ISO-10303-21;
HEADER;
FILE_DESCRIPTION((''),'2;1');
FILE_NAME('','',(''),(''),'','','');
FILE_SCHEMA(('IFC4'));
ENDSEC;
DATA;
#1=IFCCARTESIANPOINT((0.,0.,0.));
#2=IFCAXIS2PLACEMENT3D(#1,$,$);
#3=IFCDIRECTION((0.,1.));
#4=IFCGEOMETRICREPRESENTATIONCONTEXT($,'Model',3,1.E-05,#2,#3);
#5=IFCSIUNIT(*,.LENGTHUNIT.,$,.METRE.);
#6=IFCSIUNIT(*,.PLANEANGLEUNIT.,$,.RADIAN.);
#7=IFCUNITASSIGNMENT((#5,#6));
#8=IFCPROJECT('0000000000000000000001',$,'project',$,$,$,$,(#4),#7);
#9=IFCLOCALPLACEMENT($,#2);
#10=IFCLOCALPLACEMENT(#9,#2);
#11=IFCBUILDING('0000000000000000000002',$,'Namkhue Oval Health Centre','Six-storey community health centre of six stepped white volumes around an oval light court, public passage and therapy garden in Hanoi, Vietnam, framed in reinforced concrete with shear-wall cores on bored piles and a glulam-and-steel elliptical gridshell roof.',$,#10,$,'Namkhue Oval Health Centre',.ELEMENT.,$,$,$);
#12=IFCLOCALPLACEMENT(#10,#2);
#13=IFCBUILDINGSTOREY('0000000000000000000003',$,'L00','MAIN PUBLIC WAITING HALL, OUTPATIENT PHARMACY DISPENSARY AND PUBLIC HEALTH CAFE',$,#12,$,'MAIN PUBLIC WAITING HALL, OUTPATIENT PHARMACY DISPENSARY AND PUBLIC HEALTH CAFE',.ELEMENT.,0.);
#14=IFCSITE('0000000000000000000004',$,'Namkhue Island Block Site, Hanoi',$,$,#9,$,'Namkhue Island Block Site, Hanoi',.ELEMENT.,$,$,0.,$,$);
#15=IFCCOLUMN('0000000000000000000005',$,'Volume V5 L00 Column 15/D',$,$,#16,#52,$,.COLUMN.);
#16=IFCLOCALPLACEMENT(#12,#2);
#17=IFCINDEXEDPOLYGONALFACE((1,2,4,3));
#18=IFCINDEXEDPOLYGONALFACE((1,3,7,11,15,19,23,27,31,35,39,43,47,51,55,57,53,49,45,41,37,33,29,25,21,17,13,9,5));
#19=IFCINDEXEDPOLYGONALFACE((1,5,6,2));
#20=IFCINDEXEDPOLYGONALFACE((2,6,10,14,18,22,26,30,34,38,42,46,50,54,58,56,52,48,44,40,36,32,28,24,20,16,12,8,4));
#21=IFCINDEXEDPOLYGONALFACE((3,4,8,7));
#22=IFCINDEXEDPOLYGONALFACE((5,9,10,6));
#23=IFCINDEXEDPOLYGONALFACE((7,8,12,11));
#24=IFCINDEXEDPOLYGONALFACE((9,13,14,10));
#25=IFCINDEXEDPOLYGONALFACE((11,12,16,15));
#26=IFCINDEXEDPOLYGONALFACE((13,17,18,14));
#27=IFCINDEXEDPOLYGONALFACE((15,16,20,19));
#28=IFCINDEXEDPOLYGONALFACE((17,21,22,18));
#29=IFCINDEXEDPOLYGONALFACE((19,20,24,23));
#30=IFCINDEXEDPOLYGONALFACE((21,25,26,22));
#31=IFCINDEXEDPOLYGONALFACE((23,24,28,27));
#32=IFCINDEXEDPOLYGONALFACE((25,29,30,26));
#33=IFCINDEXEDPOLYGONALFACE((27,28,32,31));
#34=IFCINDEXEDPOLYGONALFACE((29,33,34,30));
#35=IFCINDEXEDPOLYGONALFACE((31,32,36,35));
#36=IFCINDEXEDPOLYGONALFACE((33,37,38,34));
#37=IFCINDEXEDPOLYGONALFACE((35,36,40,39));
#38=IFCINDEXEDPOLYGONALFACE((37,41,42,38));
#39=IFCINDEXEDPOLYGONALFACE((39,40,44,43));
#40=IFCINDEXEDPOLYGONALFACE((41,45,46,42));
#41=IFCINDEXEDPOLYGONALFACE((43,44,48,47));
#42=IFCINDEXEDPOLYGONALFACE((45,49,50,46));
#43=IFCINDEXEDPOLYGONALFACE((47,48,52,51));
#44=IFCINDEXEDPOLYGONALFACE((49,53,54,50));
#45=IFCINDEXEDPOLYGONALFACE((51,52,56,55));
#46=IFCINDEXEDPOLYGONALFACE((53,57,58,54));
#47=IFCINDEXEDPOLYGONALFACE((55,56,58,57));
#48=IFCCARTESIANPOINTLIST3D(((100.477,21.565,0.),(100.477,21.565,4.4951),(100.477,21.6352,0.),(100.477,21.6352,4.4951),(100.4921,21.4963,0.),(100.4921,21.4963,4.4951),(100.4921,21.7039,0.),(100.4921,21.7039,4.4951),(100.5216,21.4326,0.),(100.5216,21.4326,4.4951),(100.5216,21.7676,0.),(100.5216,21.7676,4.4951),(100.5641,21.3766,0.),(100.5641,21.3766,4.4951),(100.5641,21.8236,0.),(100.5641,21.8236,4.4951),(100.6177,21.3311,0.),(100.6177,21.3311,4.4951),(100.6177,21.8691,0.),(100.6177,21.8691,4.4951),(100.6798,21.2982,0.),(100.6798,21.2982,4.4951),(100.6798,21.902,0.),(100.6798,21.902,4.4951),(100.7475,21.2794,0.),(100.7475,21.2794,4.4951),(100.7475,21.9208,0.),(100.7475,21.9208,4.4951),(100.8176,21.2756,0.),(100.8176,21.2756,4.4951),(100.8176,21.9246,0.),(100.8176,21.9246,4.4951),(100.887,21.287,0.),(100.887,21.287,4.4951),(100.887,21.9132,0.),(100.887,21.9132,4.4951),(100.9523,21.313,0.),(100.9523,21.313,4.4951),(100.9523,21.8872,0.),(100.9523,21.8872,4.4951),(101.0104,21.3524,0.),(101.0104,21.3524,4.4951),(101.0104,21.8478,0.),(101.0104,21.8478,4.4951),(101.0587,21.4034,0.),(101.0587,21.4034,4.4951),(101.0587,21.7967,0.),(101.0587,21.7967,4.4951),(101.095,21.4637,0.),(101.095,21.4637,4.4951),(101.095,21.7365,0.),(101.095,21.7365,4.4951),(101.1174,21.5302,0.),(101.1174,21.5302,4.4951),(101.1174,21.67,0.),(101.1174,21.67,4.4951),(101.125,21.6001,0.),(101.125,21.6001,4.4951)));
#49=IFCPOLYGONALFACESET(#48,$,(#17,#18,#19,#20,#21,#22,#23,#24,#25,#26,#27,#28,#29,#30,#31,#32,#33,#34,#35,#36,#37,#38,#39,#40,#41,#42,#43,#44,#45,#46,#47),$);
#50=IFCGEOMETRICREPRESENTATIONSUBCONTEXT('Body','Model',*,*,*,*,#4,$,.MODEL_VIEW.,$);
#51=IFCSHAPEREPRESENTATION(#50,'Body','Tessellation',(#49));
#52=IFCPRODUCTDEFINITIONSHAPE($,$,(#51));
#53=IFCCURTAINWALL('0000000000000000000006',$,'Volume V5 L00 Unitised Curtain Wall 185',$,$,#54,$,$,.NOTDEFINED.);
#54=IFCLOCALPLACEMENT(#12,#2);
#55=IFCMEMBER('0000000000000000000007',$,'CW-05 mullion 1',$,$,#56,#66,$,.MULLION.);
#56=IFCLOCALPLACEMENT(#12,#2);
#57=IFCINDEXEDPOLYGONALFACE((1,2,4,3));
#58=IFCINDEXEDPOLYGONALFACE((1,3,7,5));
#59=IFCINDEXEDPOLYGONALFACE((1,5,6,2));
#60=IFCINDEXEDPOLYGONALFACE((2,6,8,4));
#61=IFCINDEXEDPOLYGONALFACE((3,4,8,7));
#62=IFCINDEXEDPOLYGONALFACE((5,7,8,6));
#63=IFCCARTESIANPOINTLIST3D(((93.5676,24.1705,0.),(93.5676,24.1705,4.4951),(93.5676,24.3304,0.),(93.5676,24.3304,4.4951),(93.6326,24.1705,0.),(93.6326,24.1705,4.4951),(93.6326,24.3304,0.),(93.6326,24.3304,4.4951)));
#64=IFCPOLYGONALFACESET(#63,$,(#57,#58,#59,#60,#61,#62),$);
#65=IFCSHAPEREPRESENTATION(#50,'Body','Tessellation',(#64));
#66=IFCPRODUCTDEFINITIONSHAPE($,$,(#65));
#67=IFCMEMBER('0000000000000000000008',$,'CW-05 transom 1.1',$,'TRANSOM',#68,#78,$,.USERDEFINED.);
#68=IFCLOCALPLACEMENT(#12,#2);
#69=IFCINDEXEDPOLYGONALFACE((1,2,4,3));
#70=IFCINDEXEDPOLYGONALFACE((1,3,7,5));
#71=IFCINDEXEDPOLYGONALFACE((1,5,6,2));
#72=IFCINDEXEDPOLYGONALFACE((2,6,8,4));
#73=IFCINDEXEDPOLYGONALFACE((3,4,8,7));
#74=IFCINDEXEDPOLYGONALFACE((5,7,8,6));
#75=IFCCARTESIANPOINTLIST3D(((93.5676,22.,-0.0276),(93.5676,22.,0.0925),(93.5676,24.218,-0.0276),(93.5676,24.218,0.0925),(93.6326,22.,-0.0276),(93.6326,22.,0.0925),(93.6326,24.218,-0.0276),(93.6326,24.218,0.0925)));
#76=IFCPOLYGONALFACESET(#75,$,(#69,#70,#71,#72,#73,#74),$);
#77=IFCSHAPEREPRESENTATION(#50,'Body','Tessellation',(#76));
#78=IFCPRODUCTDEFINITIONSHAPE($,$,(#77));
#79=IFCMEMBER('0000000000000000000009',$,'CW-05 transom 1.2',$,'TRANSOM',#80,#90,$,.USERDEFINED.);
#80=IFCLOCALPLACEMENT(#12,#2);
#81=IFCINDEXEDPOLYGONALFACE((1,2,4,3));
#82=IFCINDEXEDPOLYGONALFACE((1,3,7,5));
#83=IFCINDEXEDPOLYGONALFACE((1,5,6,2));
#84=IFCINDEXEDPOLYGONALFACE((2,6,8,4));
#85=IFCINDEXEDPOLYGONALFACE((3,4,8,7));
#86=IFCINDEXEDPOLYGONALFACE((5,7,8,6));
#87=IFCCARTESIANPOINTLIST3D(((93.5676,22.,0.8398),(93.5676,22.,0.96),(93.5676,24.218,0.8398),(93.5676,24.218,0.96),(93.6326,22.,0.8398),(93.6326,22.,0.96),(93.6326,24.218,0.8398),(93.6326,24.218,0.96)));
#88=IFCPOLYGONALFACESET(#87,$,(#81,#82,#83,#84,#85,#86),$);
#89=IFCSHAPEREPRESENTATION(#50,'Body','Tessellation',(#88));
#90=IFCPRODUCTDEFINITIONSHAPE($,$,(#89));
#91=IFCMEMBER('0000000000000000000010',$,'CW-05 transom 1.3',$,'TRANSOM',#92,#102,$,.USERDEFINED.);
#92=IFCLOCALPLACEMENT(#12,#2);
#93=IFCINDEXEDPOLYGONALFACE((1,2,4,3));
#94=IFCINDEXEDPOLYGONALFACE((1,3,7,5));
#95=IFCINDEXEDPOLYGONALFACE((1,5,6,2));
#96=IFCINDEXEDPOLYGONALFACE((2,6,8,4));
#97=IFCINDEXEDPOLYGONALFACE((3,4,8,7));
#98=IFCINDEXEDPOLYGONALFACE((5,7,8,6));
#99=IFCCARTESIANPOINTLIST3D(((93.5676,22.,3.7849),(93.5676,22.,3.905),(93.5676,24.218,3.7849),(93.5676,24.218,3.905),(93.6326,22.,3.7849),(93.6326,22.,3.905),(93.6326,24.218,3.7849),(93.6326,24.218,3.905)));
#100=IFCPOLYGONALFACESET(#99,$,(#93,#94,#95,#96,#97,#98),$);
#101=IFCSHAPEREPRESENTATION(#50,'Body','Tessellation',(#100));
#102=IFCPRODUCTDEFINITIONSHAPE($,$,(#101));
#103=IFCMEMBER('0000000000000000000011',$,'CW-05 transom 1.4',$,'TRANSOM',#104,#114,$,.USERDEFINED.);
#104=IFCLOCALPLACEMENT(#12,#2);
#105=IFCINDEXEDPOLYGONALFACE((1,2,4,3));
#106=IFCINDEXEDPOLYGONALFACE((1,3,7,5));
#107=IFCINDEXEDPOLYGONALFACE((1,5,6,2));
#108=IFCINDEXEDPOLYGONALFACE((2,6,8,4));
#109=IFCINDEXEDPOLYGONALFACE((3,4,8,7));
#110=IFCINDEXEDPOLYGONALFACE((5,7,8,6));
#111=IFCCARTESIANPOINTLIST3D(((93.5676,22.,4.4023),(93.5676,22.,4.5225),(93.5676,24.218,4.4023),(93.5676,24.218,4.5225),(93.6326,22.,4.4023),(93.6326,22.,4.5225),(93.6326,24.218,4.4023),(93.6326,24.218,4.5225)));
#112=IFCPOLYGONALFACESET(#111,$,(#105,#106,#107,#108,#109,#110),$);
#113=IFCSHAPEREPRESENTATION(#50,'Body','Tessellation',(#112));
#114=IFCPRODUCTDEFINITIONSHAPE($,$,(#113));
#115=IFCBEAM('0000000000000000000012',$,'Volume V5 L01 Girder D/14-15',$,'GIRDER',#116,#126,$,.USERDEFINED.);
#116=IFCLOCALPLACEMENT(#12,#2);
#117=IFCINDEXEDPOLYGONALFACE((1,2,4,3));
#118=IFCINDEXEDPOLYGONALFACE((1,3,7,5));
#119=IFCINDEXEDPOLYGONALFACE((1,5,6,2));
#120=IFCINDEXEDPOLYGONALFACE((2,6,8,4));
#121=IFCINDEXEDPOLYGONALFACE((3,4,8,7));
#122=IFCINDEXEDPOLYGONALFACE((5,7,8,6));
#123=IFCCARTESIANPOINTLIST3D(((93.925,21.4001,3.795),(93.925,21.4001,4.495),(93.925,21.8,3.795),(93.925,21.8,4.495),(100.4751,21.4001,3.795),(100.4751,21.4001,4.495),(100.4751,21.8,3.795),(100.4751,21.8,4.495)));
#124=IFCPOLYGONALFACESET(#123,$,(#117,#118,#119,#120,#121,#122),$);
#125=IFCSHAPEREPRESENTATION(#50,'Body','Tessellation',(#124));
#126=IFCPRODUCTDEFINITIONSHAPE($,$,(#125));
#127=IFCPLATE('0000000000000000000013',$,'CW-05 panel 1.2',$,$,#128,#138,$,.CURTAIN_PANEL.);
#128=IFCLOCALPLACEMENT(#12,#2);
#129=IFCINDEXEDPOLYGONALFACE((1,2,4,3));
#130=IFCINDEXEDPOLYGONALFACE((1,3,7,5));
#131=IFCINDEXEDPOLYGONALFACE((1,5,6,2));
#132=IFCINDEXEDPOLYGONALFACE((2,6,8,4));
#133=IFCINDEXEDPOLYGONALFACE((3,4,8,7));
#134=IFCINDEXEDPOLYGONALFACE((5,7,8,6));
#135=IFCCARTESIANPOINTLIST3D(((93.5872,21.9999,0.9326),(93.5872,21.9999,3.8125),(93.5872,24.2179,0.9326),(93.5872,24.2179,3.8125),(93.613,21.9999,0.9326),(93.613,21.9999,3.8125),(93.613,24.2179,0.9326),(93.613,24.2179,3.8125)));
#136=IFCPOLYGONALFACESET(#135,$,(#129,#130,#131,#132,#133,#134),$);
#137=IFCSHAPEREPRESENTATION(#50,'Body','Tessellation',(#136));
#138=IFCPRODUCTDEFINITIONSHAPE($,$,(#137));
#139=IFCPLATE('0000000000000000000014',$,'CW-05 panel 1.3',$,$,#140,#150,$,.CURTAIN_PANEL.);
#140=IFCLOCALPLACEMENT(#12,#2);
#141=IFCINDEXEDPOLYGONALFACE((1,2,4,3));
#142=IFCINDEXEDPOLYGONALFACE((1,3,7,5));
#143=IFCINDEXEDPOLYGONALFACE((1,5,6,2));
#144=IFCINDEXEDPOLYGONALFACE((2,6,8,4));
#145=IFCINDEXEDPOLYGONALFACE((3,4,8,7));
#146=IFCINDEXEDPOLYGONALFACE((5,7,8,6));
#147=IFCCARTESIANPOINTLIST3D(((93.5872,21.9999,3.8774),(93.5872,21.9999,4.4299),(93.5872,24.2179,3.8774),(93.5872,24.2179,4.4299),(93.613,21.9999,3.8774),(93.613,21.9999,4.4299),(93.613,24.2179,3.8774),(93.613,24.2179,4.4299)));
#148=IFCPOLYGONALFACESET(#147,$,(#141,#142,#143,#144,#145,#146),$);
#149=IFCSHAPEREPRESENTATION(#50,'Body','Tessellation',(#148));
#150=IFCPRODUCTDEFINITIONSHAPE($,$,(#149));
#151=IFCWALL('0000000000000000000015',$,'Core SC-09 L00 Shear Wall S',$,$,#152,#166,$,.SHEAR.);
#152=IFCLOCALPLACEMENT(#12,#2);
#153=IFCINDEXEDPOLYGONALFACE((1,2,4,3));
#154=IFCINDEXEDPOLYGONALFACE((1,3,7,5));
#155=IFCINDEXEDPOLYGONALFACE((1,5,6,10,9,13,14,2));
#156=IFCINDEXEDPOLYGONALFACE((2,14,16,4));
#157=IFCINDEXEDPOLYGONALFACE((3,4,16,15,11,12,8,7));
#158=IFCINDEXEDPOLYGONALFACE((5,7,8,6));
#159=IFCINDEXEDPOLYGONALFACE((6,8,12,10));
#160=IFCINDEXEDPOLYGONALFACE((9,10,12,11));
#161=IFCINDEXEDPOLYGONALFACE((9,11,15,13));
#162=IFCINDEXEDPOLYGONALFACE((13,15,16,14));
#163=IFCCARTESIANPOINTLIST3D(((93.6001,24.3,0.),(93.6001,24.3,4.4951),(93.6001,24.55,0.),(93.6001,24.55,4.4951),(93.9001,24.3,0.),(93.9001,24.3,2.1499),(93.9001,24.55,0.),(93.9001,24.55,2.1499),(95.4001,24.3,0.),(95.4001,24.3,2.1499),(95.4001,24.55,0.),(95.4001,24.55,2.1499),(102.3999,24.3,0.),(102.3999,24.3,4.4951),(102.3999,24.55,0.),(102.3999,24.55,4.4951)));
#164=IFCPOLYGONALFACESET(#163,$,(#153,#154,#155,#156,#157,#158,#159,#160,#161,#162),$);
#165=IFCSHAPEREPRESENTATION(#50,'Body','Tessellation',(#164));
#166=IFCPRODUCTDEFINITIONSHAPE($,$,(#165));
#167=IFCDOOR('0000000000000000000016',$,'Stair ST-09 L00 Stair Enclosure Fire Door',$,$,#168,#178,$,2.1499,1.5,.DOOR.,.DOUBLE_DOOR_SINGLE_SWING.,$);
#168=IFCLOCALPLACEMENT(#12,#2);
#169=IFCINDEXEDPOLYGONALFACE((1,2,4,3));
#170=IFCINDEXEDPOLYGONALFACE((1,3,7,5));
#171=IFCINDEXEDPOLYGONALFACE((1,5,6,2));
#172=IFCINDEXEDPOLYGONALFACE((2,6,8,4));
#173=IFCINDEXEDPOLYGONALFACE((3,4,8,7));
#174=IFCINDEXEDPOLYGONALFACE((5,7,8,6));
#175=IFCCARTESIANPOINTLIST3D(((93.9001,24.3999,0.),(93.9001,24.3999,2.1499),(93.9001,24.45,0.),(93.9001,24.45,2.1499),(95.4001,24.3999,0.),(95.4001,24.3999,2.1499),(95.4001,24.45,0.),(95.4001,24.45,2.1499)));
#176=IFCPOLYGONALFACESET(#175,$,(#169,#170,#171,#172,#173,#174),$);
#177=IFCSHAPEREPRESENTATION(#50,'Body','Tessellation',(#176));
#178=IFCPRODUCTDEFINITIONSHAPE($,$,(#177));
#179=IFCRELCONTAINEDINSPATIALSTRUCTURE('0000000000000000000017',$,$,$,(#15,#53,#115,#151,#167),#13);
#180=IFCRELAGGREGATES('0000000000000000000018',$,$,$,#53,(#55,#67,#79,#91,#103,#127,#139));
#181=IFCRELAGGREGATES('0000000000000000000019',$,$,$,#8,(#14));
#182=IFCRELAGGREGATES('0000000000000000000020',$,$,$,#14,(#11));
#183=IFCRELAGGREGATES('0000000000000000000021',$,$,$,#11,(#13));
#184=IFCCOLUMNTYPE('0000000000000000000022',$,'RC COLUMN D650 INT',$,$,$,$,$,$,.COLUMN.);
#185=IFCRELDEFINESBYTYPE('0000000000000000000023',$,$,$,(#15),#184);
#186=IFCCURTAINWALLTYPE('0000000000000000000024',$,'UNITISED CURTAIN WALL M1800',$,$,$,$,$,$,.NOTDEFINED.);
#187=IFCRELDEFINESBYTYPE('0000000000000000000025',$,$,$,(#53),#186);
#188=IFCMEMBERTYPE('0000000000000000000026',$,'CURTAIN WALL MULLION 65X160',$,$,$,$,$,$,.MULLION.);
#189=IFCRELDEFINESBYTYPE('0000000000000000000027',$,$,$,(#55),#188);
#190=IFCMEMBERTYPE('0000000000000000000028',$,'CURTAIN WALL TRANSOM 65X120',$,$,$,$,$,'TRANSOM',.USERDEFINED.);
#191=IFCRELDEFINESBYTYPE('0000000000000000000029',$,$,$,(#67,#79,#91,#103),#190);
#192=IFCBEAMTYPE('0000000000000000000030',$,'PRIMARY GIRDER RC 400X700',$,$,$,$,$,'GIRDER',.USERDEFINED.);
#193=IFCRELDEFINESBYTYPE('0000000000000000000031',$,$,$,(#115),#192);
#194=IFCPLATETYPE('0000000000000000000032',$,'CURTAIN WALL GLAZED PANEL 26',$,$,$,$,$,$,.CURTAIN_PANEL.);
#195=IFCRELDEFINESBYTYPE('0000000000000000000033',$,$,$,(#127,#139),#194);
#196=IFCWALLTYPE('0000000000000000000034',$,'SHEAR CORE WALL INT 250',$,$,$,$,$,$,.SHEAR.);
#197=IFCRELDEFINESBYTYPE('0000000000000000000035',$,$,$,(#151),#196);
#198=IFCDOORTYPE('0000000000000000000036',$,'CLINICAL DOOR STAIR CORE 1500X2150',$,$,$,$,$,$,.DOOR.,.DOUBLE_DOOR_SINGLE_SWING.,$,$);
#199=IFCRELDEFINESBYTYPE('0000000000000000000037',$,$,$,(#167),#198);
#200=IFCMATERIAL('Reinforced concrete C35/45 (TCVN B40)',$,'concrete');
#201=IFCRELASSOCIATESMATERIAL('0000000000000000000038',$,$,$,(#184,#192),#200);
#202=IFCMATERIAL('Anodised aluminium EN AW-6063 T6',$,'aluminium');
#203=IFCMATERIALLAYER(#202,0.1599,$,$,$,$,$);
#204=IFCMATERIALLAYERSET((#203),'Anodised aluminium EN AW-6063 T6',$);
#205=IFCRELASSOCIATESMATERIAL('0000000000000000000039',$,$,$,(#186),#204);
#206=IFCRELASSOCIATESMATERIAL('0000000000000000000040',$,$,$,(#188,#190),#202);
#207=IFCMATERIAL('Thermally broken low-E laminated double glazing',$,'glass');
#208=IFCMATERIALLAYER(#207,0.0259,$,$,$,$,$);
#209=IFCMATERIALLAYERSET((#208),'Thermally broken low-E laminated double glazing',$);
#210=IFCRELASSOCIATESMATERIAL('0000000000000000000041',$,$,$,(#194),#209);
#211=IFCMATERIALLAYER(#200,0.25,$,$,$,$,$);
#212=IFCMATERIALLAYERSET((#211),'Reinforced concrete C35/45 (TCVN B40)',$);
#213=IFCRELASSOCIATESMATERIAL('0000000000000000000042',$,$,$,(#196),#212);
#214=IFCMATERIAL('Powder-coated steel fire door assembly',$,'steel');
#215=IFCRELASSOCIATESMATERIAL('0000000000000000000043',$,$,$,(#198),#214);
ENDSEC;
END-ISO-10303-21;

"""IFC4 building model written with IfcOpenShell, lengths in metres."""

from ifc_helpers import new_model, si_unit, direction, frame, frame_2d, origin, origin_2d, place, context, subcontext, project, spatial, rectangle, circle, extrude, material, layer, layer_set, material_profile, profile_set, type_object, element, fill, aggregate, save


model = new_model("IFC4")

# Units and contexts
model_context = context("Model", 3, precision=1e-05, world=origin(), true_north=direction((0.0, 1.0)))
body_context = subcontext(model_context, "Body", "Model", "MODEL_VIEW")
ifc_project = project(units=[si_unit("LENGTHUNIT", "METRE"), si_unit("PLANEANGLEUNIT", "RADIAN")], contexts=[model_context])

# Site, building, storey
site_placement = place(None, origin())
site = spatial("IfcSite", under=ifc_project, at=site_placement, Name="Namkhue Island Block Site, Hanoi", LongName="Namkhue Island Block Site, Hanoi", CompositionType="ELEMENT", RefElevation=0.0)
building_placement = place(site_placement, origin())
building = spatial("IfcBuilding", under=site, at=building_placement, Name="Namkhue Oval Health Centre", Description="Six-storey community health centre of six stepped white volumes around an oval light court, public passage and therapy garden in Hanoi, Vietnam, framed in reinforced concrete with shear-wall cores on bored piles and a glulam-and-steel elliptical gridshell roof.", LongName="Namkhue Oval Health Centre", CompositionType="ELEMENT")
storey_placement = place(building_placement, origin())
storey = spatial("IfcBuildingStorey", under=building, at=storey_placement, Name="L00", Description="MAIN PUBLIC WAITING HALL, OUTPATIENT PHARMACY DISPENSARY AND PUBLIC HEALTH CAFE", LongName="MAIN PUBLIC WAITING HALL, OUTPATIENT PHARMACY DISPENSARY AND PUBLIC HEALTH CAFE", CompositionType="ELEMENT", Elevation=0.0)

# Column
ifc_material_1 = material(Name="Reinforced concrete C35/45 (TCVN B40)", Category="concrete")
ifc_material_profile_1 = material_profile(ifc_material_1, circle(Radius=0.325, at=origin_2d()), Name="RC D650")
ifc_profile_set_1 = profile_set([ifc_material_profile_1], Name="Reinforced concrete C35/45 (TCVN B40)")
column_type = type_object("IfcColumnType", Name="RC COLUMN D650 INT", PredefinedType="COLUMN", material=ifc_profile_set_1)
column_placement = place(storey_placement, frame((100.8, 21.6001, 0.0), z_axis=(0.0, 0.0, 1.0), x_axis=(1.0, 0.0, 0.0)))
element("IfcColumn", 1, at=column_placement, inside=storey, type_object=column_type, Name="Volume V5 L00 Column 15/D", PredefinedType="COLUMN", context=body_context, shape_type="SweptSolid", body=[
    extrude(circle(Radius=0.325, at=origin_2d()), origin(), (0.0, 0.0, 1.0), 4.4951),
])

# Curtain wall, members
ifc_material_2 = material(Name="Anodised aluminium EN AW-6063 T6", Category="aluminium")
ifc_layer_1 = layer(ifc_material_2, 0.1599)
ifc_layer_set_1 = layer_set([ifc_layer_1], Name="Anodised aluminium EN AW-6063 T6")
curtain_wall_type = type_object("IfcCurtainWallType", Name="UNITISED CURTAIN WALL M1800", PredefinedType="NOTDEFINED", material=ifc_layer_set_1)
curtain_wall_placement = place(storey_placement, origin())
curtain_wall = element("IfcCurtainWall", 2, at=curtain_wall_placement, inside=storey, type_object=curtain_wall_type, Name="Volume V5 L00 Unitised Curtain Wall 185", PredefinedType="NOTDEFINED")
ifc_material_profile_2 = material_profile(ifc_material_2, rectangle(XDim=0.0649, YDim=0.1599, at=origin_2d()), Name="ALU 65x160")
ifc_profile_set_2 = profile_set([ifc_material_profile_2], Name="Anodised aluminium EN AW-6063 T6")
member_type_1 = type_object("IfcMemberType", Name="CURTAIN WALL MULLION 65X160", PredefinedType="MULLION", material=ifc_profile_set_2)
member_1_placement = place(storey_placement, frame((93.6001, 24.2505, 0.0), z_axis=(0.0, 0.0, 1.0), x_axis=(1.0, 0.0, 0.0)))
member_1 = element("IfcMember", 3, at=member_1_placement, type_object=member_type_1, Name="CW-05 mullion 1", PredefinedType="MULLION", context=body_context, shape_type="SweptSolid", body=[
    extrude(rectangle(XDim=0.0649, YDim=0.1599, at=origin_2d()), origin(), (0.0, 0.0, 1.0), 4.4951),
])
ifc_material_profile_3 = material_profile(ifc_material_2, rectangle(XDim=0.0649, YDim=0.1201, at=origin_2d()), Name="ALU 65x120")
ifc_profile_set_3 = profile_set([ifc_material_profile_3], Name="Anodised aluminium EN AW-6063 T6")
member_type_2 = type_object("IfcMemberType", Name="CURTAIN WALL TRANSOM 65X120", ElementType="TRANSOM", PredefinedType="USERDEFINED", material=ifc_profile_set_3)
member_2_placement = place(storey_placement, frame((93.6001, 24.218, 0.0325), z_axis=(0.0, -1.0, 0.0), x_axis=(1.0, 0.0, 0.0)))
member_2 = element("IfcMember", 4, at=member_2_placement, type_object=member_type_2, Name="CW-05 transom 1.1", ObjectType="TRANSOM", PredefinedType="USERDEFINED", context=body_context, shape_type="SweptSolid", body=[
    extrude(rectangle(XDim=0.0649, YDim=0.1201, at=origin_2d()), origin(), (0.0, 0.0, 1.0), 2.218),
])
member_3_placement = place(storey_placement, frame((93.6001, 24.218, 0.8999), z_axis=(0.0, -1.0, 0.0), x_axis=(1.0, 0.0, 0.0)))
member_3 = element("IfcMember", 5, at=member_3_placement, type_object=member_type_2, Name="CW-05 transom 1.2", ObjectType="TRANSOM", PredefinedType="USERDEFINED", context=body_context, shape_type="SweptSolid", body=[
    extrude(rectangle(XDim=0.0649, YDim=0.1201, at=origin_2d()), origin(), (0.0, 0.0, 1.0), 2.218),
])
member_4_placement = place(storey_placement, frame((93.6001, 24.218, 3.845), z_axis=(0.0, -1.0, 0.0), x_axis=(1.0, 0.0, 0.0)))
member_4 = element("IfcMember", 6, at=member_4_placement, type_object=member_type_2, Name="CW-05 transom 1.3", ObjectType="TRANSOM", PredefinedType="USERDEFINED", context=body_context, shape_type="SweptSolid", body=[
    extrude(rectangle(XDim=0.0649, YDim=0.1201, at=origin_2d()), origin(), (0.0, 0.0, 1.0), 2.218),
])
member_5_placement = place(storey_placement, frame((93.6001, 24.218, 4.4624), z_axis=(0.0, -1.0, 0.0), x_axis=(1.0, 0.0, 0.0)))
member_5 = element("IfcMember", 7, at=member_5_placement, type_object=member_type_2, Name="CW-05 transom 1.4", ObjectType="TRANSOM", PredefinedType="USERDEFINED", context=body_context, shape_type="SweptSolid", body=[
    extrude(rectangle(XDim=0.0649, YDim=0.1201, at=origin_2d()), origin(), (0.0, 0.0, 1.0), 2.218),
])

# Beam
ifc_material_profile_4 = material_profile(ifc_material_1, rectangle(XDim=0.3999, YDim=0.7, at=origin_2d()), Name="RC 400x700")
ifc_profile_set_4 = profile_set([ifc_material_profile_4], Name="Reinforced concrete C35/45 (TCVN B40)")
beam_type = type_object("IfcBeamType", Name="PRIMARY GIRDER RC 400X700", ElementType="GIRDER", PredefinedType="USERDEFINED", material=ifc_profile_set_4)
beam_placement = place(storey_placement, frame((93.925, 21.6001, 4.145), z_axis=(1.0, 0.0, 0.0), x_axis=(0.0, 1.0, 0.0)))
element("IfcBeam", 8, at=beam_placement, inside=storey, type_object=beam_type, Name="Volume V5 L01 Girder D/14-15", ObjectType="GIRDER", PredefinedType="USERDEFINED", context=body_context, shape_type="SweptSolid", body=[
    extrude(rectangle(XDim=0.3999, YDim=0.7, at=origin_2d()), origin(), (0.0, 0.0, 1.0), 6.55),
])

# Plates
ifc_material_3 = material(Name="Thermally broken low-E laminated double glazing", Category="glass")
ifc_layer_2 = layer(ifc_material_3, 0.0259)
ifc_layer_set_2 = layer_set([ifc_layer_2], Name="Thermally broken low-E laminated double glazing")
plate_type = type_object("IfcPlateType", Name="CURTAIN WALL GLAZED PANEL 26", PredefinedType="CURTAIN_PANEL", material=ifc_layer_set_2)
plate_1_placement = place(storey_placement, frame((93.6001, 23.1089, 0.9326), z_axis=(0.0, 0.0, 1.0), x_axis=(0.0, -1.0, 0.0)))
plate_1 = element("IfcPlate", 9, at=plate_1_placement, type_object=plate_type, Name="CW-05 panel 1.2", PredefinedType="CURTAIN_PANEL", context=body_context, shape_type="SweptSolid", body=[
    extrude(rectangle(XDim=2.218, YDim=0.0259, at=origin_2d()), origin(), (0.0, 0.0, 1.0), 2.8799),
])
plate_2_placement = place(storey_placement, frame((93.6001, 23.1089, 3.8774), z_axis=(0.0, 0.0, 1.0), x_axis=(0.0, -1.0, 0.0)))
plate_2 = element("IfcPlate", 10, at=plate_2_placement, type_object=plate_type, Name="CW-05 panel 1.3", PredefinedType="CURTAIN_PANEL", context=body_context, shape_type="SweptSolid", body=[
    extrude(rectangle(XDim=2.218, YDim=0.0259, at=origin_2d()), origin(), (0.0, 0.0, 1.0), 0.5525),
])
aggregate(curtain_wall, [member_1, member_2, member_3, member_4, member_5, plate_1, plate_2])

# Shared definitions
ifc_material_4 = material(Name="Powder-coated steel fire door assembly", Category="steel")

# Wall, opening, door
ifc_layer_3 = layer(ifc_material_1, 0.25)
ifc_layer_set_3 = layer_set([ifc_layer_3], Name="Reinforced concrete C35/45 (TCVN B40)")
wall_type_1 = type_object("IfcWallType", Name="SHEAR CORE WALL INT 250", PredefinedType="SHEAR", material=ifc_layer_set_3)
wall_1_placement = place(storey_placement, frame((93.6001, 24.425, 0.0), z_axis=(0.0, 0.0, 1.0), x_axis=(1.0, 0.0, 0.0)))
wall_1 = element("IfcWall", 11, at=wall_1_placement, inside=storey, type_object=wall_type_1, Name="Core SC-09 L00 Shear Wall S", PredefinedType="SHEAR", context=body_context, shape_type="SweptSolid", body=[
    extrude(rectangle(XDim=8.7998, YDim=0.25, at=frame_2d((4.3999, 0.0))), origin(), (0.0, 0.0, 1.0), 4.4951),
])
opening_1_placement = place(wall_1_placement, frame((0.3, 0.0, 0.0)))
opening_1 = element("IfcOpeningElement", 12, at=opening_1_placement, cuts=wall_1, PredefinedType="OPENING", context=body_context, shape_type="SweptSolid", body=[
    extrude(rectangle(XDim=1.5, YDim=2.1499, at=frame_2d((0.75, 1.075))), frame((0.0, 0.135, 0.0), z_axis=(0.0, -1.0, 0.0), x_axis=(1.0, 0.0, 0.0)), (0.0, 0.0, 1.0), 0.27),
])
door_type_1 = type_object("IfcDoorType", Name="CLINICAL DOOR STAIR CORE 1500X2150", OperationType="DOUBLE_DOOR_SINGLE_SWING", PredefinedType="DOOR", material=ifc_material_4)
door_1_placement = place(opening_1_placement, origin())
door_1 = element("IfcDoor", 13, at=door_1_placement, inside=storey, type_object=door_type_1, Name="Stair ST-09 L00 Stair Enclosure Fire Door", OperationType="DOUBLE_DOOR_SINGLE_SWING", OverallHeight=2.1499, OverallWidth=1.5, PredefinedType="DOOR", context=body_context, shape_type="SweptSolid", body=[
    extrude(rectangle(XDim=1.5, YDim=2.1499, at=frame_2d((0.75, 1.075))), frame((0.0, 0.0249, 0.0), z_axis=(0.0, -1.0, 0.0), x_axis=(1.0, 0.0, 0.0)), (0.0, 0.0, 1.0), 0.05),
])
fill(opening_1, door_1)

save(model, "model.ifc")
